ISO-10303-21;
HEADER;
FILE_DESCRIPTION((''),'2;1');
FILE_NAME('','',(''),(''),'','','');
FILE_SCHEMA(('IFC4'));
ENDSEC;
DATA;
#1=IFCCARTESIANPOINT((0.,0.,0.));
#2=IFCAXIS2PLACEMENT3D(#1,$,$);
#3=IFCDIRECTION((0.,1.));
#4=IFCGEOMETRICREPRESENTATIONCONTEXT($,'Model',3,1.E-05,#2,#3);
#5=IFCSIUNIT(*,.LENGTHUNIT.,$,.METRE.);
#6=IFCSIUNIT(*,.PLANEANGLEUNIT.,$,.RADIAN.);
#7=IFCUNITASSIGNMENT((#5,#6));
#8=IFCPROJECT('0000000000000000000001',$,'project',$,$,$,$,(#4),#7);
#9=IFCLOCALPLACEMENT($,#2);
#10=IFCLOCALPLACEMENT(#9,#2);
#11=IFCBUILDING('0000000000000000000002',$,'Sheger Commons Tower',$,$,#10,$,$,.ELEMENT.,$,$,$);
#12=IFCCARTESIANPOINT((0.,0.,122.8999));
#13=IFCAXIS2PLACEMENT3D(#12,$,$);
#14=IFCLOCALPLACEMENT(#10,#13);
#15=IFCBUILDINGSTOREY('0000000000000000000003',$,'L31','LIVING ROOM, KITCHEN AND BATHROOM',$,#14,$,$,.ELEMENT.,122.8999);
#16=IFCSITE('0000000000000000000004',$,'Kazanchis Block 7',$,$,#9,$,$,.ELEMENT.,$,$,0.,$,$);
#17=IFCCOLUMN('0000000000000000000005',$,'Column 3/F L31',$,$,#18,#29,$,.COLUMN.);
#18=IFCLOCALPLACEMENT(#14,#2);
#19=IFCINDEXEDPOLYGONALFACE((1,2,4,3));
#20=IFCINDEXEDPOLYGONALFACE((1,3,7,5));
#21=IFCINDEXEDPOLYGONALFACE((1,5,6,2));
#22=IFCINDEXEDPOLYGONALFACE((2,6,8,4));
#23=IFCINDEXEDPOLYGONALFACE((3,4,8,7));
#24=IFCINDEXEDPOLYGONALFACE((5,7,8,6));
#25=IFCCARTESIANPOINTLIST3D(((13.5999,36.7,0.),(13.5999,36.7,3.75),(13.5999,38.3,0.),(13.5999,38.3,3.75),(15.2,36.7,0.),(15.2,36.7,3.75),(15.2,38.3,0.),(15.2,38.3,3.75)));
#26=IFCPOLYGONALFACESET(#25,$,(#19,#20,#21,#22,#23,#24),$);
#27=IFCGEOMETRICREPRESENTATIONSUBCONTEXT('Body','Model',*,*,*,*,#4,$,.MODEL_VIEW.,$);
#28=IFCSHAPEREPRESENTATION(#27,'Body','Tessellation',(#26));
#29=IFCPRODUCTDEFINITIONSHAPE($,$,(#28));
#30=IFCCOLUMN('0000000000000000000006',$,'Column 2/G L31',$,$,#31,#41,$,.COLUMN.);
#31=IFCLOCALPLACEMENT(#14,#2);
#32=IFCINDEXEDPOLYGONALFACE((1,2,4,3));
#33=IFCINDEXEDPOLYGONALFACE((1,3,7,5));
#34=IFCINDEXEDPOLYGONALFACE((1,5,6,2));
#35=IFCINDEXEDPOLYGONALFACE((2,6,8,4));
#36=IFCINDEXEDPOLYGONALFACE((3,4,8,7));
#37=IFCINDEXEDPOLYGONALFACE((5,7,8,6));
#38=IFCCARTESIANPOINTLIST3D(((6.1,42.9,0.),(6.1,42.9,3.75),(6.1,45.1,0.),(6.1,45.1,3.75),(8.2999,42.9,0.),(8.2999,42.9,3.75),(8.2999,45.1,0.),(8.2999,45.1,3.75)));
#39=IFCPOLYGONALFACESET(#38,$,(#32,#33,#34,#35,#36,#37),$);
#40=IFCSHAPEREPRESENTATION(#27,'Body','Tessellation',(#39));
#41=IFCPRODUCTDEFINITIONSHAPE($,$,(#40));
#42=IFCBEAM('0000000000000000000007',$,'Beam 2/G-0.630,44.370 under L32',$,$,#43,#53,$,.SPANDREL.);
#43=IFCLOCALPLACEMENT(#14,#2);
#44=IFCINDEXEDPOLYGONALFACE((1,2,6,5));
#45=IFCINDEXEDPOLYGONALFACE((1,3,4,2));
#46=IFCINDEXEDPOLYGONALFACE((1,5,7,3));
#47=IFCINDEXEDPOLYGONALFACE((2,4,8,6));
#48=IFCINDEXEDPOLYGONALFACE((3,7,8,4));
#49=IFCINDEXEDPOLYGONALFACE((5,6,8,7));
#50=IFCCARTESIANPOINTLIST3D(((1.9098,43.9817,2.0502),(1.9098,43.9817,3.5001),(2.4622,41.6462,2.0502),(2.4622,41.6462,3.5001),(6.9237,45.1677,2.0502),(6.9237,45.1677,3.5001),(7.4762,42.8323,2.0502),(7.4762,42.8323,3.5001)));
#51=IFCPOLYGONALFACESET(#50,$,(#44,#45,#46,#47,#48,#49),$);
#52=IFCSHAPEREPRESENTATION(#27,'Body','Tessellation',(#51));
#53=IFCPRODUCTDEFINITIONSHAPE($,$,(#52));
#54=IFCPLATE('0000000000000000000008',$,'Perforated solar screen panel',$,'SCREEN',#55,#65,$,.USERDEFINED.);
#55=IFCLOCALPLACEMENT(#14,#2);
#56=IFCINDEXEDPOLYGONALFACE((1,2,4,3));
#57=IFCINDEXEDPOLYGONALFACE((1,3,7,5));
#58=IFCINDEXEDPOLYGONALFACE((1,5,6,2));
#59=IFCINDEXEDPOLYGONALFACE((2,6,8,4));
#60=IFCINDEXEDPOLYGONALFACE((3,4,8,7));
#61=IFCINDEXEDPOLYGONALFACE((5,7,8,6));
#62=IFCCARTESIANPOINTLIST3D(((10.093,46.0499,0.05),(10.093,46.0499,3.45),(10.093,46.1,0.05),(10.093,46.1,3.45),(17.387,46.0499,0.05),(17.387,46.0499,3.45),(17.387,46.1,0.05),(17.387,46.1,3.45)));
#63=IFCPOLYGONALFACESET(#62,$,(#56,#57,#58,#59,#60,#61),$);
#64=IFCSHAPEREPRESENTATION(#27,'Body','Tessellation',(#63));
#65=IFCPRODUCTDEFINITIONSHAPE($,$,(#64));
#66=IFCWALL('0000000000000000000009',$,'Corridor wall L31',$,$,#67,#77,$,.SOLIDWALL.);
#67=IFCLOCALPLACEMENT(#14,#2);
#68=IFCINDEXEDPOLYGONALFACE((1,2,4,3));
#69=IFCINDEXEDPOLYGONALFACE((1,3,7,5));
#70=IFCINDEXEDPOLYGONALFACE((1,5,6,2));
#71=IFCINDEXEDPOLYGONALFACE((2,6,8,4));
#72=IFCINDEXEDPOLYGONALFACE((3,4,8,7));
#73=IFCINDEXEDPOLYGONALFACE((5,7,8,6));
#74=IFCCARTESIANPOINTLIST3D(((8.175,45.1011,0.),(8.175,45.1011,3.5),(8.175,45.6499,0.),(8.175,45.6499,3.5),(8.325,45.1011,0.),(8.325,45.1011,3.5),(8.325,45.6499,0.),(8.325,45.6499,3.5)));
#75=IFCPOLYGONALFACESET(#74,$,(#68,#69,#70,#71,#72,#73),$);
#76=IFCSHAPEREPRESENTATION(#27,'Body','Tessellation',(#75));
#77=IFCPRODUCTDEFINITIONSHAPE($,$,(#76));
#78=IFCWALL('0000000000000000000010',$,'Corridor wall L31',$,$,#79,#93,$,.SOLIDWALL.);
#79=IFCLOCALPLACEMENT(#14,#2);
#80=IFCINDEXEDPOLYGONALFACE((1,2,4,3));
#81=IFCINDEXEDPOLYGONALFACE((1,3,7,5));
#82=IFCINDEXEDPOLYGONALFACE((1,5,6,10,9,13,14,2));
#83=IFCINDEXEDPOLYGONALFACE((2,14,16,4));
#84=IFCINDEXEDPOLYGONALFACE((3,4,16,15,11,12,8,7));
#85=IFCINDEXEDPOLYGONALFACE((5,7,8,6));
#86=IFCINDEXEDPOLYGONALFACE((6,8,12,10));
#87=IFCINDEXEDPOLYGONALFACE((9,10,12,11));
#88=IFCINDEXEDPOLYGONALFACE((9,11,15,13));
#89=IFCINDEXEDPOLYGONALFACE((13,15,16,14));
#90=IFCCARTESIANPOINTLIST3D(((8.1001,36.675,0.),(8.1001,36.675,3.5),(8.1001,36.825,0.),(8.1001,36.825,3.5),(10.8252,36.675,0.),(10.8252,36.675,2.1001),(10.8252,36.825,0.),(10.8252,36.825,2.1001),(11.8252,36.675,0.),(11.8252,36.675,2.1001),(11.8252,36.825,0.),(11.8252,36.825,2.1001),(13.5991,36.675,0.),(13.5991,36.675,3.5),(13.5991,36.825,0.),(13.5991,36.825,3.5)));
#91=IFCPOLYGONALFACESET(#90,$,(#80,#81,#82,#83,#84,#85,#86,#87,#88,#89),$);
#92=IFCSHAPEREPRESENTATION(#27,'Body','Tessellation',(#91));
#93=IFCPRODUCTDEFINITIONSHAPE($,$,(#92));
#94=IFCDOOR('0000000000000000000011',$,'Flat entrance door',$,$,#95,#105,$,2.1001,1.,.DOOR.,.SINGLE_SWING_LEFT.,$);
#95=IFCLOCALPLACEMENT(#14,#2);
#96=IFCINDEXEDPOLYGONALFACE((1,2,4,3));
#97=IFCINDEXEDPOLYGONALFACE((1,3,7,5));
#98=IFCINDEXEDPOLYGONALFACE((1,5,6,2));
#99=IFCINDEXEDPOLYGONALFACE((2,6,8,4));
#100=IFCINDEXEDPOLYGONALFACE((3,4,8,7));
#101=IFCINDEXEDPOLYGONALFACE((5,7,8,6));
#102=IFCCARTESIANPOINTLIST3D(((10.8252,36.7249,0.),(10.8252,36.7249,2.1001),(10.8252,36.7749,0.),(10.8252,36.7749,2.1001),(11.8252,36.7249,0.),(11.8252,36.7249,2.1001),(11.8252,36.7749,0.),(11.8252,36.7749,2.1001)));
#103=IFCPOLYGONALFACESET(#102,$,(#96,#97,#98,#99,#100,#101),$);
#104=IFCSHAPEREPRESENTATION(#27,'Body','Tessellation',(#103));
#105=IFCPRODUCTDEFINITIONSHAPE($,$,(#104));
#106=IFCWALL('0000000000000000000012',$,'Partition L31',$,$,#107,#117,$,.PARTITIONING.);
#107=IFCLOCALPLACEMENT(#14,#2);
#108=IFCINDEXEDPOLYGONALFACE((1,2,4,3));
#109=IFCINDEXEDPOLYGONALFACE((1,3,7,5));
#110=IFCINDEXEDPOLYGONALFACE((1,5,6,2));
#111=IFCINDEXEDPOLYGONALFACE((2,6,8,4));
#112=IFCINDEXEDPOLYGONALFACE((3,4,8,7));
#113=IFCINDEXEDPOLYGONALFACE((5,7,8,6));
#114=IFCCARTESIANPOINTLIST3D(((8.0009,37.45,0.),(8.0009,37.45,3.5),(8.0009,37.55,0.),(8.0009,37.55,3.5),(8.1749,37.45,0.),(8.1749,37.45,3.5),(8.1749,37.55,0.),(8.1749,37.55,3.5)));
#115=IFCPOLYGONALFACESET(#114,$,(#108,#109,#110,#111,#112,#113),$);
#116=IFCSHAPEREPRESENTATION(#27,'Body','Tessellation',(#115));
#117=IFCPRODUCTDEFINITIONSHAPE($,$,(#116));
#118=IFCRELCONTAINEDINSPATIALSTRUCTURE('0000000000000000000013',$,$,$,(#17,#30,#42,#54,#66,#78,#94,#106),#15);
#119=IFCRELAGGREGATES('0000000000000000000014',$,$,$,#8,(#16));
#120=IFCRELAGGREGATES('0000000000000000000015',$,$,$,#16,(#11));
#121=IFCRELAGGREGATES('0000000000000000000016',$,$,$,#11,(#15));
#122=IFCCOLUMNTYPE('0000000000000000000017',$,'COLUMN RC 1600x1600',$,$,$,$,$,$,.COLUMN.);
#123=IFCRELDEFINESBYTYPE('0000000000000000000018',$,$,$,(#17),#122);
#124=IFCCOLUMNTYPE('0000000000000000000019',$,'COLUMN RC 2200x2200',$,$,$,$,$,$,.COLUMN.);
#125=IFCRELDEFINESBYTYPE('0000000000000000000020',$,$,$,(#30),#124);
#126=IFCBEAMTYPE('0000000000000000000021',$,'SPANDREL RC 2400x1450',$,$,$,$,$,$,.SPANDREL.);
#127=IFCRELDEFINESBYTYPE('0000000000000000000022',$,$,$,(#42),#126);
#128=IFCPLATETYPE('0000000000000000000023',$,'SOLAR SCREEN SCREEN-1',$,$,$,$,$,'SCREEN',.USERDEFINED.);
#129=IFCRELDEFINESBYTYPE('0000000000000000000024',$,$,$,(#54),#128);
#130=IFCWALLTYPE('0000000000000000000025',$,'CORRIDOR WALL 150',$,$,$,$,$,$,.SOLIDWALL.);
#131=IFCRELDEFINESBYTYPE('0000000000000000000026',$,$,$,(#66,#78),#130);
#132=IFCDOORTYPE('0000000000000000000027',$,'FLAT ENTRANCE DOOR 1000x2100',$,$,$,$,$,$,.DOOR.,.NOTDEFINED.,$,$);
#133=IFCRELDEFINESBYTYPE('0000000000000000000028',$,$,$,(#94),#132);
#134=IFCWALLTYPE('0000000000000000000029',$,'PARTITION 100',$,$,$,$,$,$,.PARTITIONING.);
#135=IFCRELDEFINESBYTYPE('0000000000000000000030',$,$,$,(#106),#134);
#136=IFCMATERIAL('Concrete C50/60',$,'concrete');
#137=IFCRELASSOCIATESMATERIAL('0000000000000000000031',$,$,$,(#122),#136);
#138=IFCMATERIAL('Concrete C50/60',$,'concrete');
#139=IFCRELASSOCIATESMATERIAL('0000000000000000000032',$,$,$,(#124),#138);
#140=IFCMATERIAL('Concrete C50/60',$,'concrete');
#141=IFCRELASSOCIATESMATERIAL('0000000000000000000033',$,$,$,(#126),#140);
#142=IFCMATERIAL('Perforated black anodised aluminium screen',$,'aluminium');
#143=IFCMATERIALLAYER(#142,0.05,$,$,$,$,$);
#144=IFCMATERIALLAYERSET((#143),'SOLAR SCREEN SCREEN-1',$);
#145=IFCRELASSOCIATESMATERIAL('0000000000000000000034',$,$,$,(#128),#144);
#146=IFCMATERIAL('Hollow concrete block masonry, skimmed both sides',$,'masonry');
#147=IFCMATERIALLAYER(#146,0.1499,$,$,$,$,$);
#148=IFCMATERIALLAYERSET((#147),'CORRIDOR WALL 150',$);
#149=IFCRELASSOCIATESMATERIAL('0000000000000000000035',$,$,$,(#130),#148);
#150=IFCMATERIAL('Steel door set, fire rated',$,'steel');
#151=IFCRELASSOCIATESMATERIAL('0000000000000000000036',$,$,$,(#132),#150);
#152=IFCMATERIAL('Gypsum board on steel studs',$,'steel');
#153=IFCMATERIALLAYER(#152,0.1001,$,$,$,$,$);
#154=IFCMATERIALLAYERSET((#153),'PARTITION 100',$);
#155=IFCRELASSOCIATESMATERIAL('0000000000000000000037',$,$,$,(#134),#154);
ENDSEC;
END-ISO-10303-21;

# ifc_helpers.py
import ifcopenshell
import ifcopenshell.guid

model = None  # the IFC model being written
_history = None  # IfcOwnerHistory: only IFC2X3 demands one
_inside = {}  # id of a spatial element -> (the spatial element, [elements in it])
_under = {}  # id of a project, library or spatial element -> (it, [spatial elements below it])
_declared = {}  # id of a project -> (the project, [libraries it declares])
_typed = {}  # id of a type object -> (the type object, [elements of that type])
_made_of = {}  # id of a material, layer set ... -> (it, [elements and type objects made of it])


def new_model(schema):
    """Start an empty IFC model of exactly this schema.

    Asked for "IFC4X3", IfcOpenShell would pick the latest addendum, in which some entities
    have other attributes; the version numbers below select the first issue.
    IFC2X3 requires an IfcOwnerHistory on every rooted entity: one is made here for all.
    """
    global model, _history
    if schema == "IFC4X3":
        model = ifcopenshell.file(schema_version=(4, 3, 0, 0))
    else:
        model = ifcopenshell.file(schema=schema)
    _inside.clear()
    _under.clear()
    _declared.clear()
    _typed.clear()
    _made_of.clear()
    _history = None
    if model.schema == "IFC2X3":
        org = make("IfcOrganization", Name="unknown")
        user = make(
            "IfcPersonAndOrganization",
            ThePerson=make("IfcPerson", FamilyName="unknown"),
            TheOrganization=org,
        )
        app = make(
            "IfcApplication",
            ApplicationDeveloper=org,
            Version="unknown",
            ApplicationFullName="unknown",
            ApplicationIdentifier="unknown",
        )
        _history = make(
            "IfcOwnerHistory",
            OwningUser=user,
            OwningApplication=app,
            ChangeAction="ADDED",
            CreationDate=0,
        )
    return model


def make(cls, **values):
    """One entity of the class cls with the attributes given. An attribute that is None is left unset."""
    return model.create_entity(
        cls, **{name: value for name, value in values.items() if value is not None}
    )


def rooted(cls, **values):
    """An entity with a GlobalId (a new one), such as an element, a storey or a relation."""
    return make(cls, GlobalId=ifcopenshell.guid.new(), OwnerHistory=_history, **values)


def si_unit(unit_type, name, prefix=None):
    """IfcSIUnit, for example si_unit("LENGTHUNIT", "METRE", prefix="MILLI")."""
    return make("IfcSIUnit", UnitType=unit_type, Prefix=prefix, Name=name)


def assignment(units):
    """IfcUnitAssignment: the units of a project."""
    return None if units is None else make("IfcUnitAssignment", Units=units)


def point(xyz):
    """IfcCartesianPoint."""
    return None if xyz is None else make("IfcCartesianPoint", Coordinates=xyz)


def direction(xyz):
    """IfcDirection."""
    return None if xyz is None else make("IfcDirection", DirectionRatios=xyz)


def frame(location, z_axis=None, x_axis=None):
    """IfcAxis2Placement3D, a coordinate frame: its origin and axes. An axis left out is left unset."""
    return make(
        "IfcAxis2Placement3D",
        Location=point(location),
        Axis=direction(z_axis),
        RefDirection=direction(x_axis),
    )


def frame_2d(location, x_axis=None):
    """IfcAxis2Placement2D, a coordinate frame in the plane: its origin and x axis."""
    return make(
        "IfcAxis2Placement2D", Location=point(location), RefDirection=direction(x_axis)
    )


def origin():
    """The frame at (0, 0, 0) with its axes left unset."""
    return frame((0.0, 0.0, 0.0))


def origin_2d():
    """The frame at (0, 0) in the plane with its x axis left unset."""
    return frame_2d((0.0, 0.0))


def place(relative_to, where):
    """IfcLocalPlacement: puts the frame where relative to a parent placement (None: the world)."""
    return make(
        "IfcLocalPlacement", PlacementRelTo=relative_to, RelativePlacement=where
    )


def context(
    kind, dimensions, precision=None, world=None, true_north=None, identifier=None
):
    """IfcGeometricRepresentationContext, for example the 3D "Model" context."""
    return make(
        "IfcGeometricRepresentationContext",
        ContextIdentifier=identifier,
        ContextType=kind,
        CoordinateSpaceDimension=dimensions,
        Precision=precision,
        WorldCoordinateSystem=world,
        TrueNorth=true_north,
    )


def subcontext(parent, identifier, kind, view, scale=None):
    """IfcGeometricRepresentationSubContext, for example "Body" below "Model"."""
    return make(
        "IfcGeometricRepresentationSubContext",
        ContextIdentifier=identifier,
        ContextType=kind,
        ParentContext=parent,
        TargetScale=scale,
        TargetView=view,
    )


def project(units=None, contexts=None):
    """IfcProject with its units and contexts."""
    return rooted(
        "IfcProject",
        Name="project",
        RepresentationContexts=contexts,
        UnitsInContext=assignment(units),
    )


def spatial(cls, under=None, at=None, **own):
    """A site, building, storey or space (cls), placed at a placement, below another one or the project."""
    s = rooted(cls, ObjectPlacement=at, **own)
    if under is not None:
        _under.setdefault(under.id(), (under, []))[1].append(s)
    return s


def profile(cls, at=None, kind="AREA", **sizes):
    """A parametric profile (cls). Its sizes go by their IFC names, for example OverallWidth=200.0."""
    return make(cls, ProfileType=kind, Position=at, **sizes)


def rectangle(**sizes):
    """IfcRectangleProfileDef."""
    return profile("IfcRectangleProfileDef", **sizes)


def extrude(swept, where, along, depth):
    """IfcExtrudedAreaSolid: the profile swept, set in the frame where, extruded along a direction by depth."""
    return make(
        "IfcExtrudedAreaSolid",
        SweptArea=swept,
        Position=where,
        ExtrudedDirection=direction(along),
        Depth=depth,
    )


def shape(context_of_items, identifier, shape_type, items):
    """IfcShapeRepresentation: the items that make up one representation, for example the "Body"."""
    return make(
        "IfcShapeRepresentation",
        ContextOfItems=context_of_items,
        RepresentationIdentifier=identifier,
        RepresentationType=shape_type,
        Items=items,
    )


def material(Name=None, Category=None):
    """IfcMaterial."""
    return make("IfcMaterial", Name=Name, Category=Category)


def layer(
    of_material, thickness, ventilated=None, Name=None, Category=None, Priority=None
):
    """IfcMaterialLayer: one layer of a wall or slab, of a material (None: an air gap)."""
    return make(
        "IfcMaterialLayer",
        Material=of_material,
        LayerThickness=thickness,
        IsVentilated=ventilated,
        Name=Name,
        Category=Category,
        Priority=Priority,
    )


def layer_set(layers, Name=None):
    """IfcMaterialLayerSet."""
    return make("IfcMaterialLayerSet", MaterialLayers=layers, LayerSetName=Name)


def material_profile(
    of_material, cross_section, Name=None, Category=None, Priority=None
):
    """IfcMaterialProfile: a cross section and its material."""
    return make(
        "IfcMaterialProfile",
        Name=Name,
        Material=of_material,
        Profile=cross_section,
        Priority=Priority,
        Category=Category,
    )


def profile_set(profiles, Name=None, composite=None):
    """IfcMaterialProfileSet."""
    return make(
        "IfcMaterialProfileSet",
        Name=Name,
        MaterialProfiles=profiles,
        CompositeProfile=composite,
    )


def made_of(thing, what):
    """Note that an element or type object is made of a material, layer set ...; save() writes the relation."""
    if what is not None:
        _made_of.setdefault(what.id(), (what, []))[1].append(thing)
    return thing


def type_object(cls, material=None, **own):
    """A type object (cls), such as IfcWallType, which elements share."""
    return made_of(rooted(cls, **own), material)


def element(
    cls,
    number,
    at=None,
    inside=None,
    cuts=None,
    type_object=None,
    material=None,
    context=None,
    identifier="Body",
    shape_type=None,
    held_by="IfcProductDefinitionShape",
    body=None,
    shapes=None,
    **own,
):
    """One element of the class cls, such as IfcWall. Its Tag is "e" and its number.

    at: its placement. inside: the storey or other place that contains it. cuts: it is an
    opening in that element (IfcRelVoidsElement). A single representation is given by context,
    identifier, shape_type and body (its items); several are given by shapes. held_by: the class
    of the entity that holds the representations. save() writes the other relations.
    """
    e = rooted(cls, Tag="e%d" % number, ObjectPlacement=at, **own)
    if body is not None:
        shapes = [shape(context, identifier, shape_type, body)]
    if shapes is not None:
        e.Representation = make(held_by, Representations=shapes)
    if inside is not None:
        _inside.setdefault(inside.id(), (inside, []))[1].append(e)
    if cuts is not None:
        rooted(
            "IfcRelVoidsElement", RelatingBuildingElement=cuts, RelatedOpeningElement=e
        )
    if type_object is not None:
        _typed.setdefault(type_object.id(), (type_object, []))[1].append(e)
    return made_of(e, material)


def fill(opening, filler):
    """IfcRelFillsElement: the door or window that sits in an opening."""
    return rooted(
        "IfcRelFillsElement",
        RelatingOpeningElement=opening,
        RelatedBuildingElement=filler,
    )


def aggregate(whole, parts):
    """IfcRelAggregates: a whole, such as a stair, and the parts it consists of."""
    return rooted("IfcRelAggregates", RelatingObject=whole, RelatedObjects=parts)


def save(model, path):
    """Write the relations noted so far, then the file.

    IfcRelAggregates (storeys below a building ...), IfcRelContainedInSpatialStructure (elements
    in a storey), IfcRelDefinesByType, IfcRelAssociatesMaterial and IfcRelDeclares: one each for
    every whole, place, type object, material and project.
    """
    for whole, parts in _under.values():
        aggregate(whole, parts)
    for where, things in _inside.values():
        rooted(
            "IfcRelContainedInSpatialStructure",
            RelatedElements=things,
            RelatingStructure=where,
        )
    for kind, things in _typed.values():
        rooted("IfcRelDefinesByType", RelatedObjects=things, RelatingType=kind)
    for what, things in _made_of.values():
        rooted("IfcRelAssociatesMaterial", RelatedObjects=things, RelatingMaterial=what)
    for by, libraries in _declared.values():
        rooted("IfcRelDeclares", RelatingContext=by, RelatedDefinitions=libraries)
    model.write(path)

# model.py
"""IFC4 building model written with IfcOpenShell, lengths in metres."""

from ifc_helpers import new_model, si_unit, direction, frame, frame_2d, origin, origin_2d, place, context, subcontext, project, spatial, rectangle, extrude, material, layer, layer_set, material_profile, profile_set, type_object, element, fill, save


model = new_model("IFC4")

# Units and contexts
model_context = context("Model", 3, precision=1e-05, world=origin(), true_north=direction((0.0, 1.0)))
body_context = subcontext(model_context, "Body", "Model", "MODEL_VIEW")
ifc_project = project(units=[si_unit("LENGTHUNIT", "METRE"), si_unit("PLANEANGLEUNIT", "RADIAN")], contexts=[model_context])

# Site, building, storey
site_placement = place(None, origin())
site = spatial("IfcSite", under=ifc_project, at=site_placement, Name="Kazanchis Block 7", CompositionType="ELEMENT", RefElevation=0.0)
building_placement = place(site_placement, origin())
building = spatial("IfcBuilding", under=site, at=building_placement, Name="Sheger Commons Tower", CompositionType="ELEMENT")
storey_placement = place(building_placement, frame((0.0, 0.0, 122.8999)))
storey = spatial("IfcBuildingStorey", under=building, at=storey_placement, Name="L31", Description="LIVING ROOM, KITCHEN AND BATHROOM", CompositionType="ELEMENT", Elevation=122.8999)

# Columns
ifc_material_1 = material(Name="Concrete C50/60", Category="concrete")
ifc_material_profile_1 = material_profile(ifc_material_1, rectangle(XDim=1.6001, YDim=1.6001, at=origin_2d()), Name="RC 1600x1600")
ifc_profile_set_1 = profile_set([ifc_material_profile_1], Name="Concrete C50/60")
column_type_1 = type_object("IfcColumnType", Name="COLUMN RC 1600x1600", PredefinedType="COLUMN", material=ifc_profile_set_1)
column_1_placement = place(storey_placement, frame((14.3999, 37.5, 0.0), z_axis=(0.0, 0.0, 1.0), x_axis=(1.0, 0.0, 0.0)))
element("IfcColumn", 1, at=column_1_placement, inside=storey, type_object=column_type_1, Name="Column 3/F L31", PredefinedType="COLUMN", context=body_context, shape_type="SweptSolid", body=[
    extrude(rectangle(XDim=1.6001, YDim=1.6001, at=origin_2d()), origin(), (0.0, 0.0, 1.0), 3.75),
])
ifc_material_2 = material(Name="Concrete C50/60", Category="concrete")
ifc_material_profile_2 = material_profile(ifc_material_2, rectangle(XDim=2.2, YDim=2.2, at=origin_2d()), Name="RC 2200x2200")
ifc_profile_set_2 = profile_set([ifc_material_profile_2], Name="Concrete C50/60")
column_type_2 = type_object("IfcColumnType", Name="COLUMN RC 2200x2200", PredefinedType="COLUMN", material=ifc_profile_set_2)
column_2_placement = place(storey_placement, frame((7.2, 44.0, 0.0), z_axis=(0.0, 0.0, 1.0), x_axis=(1.0, 0.0, 0.0)))
element("IfcColumn", 2, at=column_2_placement, inside=storey, type_object=column_type_2, Name="Column 2/G L31", PredefinedType="COLUMN", context=body_context, shape_type="SweptSolid", body=[
    extrude(rectangle(XDim=2.2, YDim=2.2, at=origin_2d()), origin(), (0.0, 0.0, 1.0), 3.75),
])

# Beam
ifc_material_3 = material(Name="Concrete C50/60", Category="concrete")
ifc_material_profile_3 = material_profile(ifc_material_3, rectangle(XDim=2.3999, YDim=1.45, at=origin_2d()), Name="RC 2400x1450")
ifc_profile_set_3 = profile_set([ifc_material_profile_3], Name="Concrete C50/60")
beam_type = type_object("IfcBeamType", Name="SPANDREL RC 2400x1450", PredefinedType="SPANDREL", material=ifc_profile_set_3)
beam_placement = place(storey_placement, frame((7.2, 44.0, 2.7751), z_axis=(-0.973144, -0.230196, 0.0), x_axis=(0.230196, -0.973144, 0.0)))
element("IfcBeam", 3, at=beam_placement, inside=storey, type_object=beam_type, Name="Beam 2/G-0.630,44.370 under L32", PredefinedType="SPANDREL", context=body_context, shape_type="SweptSolid", body=[
    extrude(rectangle(XDim=2.3999, YDim=1.45, at=origin_2d()), origin(), (0.0, 0.0, 1.0), 5.1523),
])

# Plate
ifc_material_4 = material(Name="Perforated black anodised aluminium screen", Category="aluminium")
ifc_layer_1 = layer(ifc_material_4, 0.05)
ifc_layer_set_1 = layer_set([ifc_layer_1], Name="SOLAR SCREEN SCREEN-1")
plate_type = type_object("IfcPlateType", Name="SOLAR SCREEN SCREEN-1", ElementType="SCREEN", PredefinedType="USERDEFINED", material=ifc_layer_set_1)
plate_placement = place(storey_placement, frame((13.74, 46.075, 0.05), z_axis=(0.0, 0.0, 1.0), x_axis=(-1.0, 0.0, 0.0)))
element("IfcPlate", 4, at=plate_placement, inside=storey, type_object=plate_type, Name="Perforated solar screen panel", ObjectType="SCREEN", PredefinedType="USERDEFINED", context=body_context, shape_type="SweptSolid", body=[
    extrude(rectangle(XDim=7.2939, YDim=0.05, at=origin_2d()), origin(), (0.0, 0.0, 1.0), 3.3999),
])

# Wall
ifc_material_5 = material(Name="Hollow concrete block masonry, skimmed both sides", Category="masonry")
ifc_layer_2 = layer(ifc_material_5, 0.1499)
ifc_layer_set_2 = layer_set([ifc_layer_2], Name="CORRIDOR WALL 150")
wall_type_1 = type_object("IfcWallType", Name="CORRIDOR WALL 150", PredefinedType="SOLIDWALL", material=ifc_layer_set_2)
wall_1_placement = place(storey_placement, frame((8.25, 45.1011, 0.0), z_axis=(0.0, 0.0, 1.0), x_axis=(0.0, 1.0, 0.0)))
element("IfcWall", 5, at=wall_1_placement, inside=storey, type_object=wall_type_1, Name="Corridor wall L31", PredefinedType="SOLIDWALL", context=body_context, shape_type="SweptSolid", body=[
    extrude(rectangle(XDim=0.5488, YDim=0.1499, at=frame_2d((0.2744, 0.0))), origin(), (0.0, 0.0, 1.0), 3.5),
])

# Wall, opening, door
wall_2_placement = place(storey_placement, frame((8.1001, 36.75, 0.0), z_axis=(0.0, 0.0, 1.0), x_axis=(1.0, 0.0, 0.0)))
wall_2 = element("IfcWall", 6, at=wall_2_placement, inside=storey, type_object=wall_type_1, Name="Corridor wall L31", PredefinedType="SOLIDWALL", context=body_context, shape_type="SweptSolid", body=[
    extrude(rectangle(XDim=5.499, YDim=0.1499, at=frame_2d((2.7495, 0.0))), origin(), (0.0, 0.0, 1.0), 3.5),
])
opening_1_placement = place(wall_2_placement, frame((2.7251, 0.0, 0.0)))
opening_1 = element("IfcOpeningElement", 7, at=opening_1_placement, cuts=wall_2, PredefinedType="OPENING", context=body_context, shape_type="SweptSolid", body=[
    extrude(rectangle(XDim=1.0, YDim=2.1001, at=frame_2d((0.5, 1.05))), frame((0.0, 0.085, 0.0), z_axis=(0.0, -1.0, 0.0), x_axis=(1.0, 0.0, 0.0)), (0.0, 0.0, 1.0), 0.1699),
])
ifc_material_6 = material(Name="Steel door set, fire rated", Category="steel")
door_type_1 = type_object("IfcDoorType", Name="FLAT ENTRANCE DOOR 1000x2100", OperationType="NOTDEFINED", PredefinedType="DOOR", material=ifc_material_6)
door_1_placement = place(opening_1_placement, origin())
door_1 = element("IfcDoor", 8, at=door_1_placement, inside=storey, type_object=door_type_1, Name="Flat entrance door", OperationType="SINGLE_SWING_LEFT", OverallHeight=2.1001, OverallWidth=1.0, PredefinedType="DOOR", context=body_context, shape_type="SweptSolid", body=[
    extrude(rectangle(XDim=1.0, YDim=2.1001, at=frame_2d((0.5, 1.05))), frame((0.0, 0.0249, 0.0), z_axis=(0.0, -1.0, 0.0), x_axis=(1.0, 0.0, 0.0)), (0.0, 0.0, 1.0), 0.05),
])
fill(opening_1, door_1)

# Wall
ifc_material_7 = material(Name="Gypsum board on steel studs", Category="steel")
ifc_layer_3 = layer(ifc_material_7, 0.1001)
ifc_layer_set_3 = layer_set([ifc_layer_3], Name="PARTITION 100")
wall_type_2 = type_object("IfcWallType", Name="PARTITION 100", PredefinedType="PARTITIONING", material=ifc_layer_set_3)
wall_3_placement = place(storey_placement, frame((8.001, 37.5, 0.0), z_axis=(0.0, 0.0, 1.0), x_axis=(1.0, 0.0, 0.0)))
element("IfcWall", 9, at=wall_3_placement, inside=storey, type_object=wall_type_2, Name="Partition L31", PredefinedType="PARTITIONING", context=body_context, shape_type="SweptSolid", body=[
    extrude(rectangle(XDim=0.1741, YDim=0.1001, at=frame_2d((0.0869, 0.0))), origin(), (0.0, 0.0, 1.0), 3.5),
])

save(model, "model.ifc")
